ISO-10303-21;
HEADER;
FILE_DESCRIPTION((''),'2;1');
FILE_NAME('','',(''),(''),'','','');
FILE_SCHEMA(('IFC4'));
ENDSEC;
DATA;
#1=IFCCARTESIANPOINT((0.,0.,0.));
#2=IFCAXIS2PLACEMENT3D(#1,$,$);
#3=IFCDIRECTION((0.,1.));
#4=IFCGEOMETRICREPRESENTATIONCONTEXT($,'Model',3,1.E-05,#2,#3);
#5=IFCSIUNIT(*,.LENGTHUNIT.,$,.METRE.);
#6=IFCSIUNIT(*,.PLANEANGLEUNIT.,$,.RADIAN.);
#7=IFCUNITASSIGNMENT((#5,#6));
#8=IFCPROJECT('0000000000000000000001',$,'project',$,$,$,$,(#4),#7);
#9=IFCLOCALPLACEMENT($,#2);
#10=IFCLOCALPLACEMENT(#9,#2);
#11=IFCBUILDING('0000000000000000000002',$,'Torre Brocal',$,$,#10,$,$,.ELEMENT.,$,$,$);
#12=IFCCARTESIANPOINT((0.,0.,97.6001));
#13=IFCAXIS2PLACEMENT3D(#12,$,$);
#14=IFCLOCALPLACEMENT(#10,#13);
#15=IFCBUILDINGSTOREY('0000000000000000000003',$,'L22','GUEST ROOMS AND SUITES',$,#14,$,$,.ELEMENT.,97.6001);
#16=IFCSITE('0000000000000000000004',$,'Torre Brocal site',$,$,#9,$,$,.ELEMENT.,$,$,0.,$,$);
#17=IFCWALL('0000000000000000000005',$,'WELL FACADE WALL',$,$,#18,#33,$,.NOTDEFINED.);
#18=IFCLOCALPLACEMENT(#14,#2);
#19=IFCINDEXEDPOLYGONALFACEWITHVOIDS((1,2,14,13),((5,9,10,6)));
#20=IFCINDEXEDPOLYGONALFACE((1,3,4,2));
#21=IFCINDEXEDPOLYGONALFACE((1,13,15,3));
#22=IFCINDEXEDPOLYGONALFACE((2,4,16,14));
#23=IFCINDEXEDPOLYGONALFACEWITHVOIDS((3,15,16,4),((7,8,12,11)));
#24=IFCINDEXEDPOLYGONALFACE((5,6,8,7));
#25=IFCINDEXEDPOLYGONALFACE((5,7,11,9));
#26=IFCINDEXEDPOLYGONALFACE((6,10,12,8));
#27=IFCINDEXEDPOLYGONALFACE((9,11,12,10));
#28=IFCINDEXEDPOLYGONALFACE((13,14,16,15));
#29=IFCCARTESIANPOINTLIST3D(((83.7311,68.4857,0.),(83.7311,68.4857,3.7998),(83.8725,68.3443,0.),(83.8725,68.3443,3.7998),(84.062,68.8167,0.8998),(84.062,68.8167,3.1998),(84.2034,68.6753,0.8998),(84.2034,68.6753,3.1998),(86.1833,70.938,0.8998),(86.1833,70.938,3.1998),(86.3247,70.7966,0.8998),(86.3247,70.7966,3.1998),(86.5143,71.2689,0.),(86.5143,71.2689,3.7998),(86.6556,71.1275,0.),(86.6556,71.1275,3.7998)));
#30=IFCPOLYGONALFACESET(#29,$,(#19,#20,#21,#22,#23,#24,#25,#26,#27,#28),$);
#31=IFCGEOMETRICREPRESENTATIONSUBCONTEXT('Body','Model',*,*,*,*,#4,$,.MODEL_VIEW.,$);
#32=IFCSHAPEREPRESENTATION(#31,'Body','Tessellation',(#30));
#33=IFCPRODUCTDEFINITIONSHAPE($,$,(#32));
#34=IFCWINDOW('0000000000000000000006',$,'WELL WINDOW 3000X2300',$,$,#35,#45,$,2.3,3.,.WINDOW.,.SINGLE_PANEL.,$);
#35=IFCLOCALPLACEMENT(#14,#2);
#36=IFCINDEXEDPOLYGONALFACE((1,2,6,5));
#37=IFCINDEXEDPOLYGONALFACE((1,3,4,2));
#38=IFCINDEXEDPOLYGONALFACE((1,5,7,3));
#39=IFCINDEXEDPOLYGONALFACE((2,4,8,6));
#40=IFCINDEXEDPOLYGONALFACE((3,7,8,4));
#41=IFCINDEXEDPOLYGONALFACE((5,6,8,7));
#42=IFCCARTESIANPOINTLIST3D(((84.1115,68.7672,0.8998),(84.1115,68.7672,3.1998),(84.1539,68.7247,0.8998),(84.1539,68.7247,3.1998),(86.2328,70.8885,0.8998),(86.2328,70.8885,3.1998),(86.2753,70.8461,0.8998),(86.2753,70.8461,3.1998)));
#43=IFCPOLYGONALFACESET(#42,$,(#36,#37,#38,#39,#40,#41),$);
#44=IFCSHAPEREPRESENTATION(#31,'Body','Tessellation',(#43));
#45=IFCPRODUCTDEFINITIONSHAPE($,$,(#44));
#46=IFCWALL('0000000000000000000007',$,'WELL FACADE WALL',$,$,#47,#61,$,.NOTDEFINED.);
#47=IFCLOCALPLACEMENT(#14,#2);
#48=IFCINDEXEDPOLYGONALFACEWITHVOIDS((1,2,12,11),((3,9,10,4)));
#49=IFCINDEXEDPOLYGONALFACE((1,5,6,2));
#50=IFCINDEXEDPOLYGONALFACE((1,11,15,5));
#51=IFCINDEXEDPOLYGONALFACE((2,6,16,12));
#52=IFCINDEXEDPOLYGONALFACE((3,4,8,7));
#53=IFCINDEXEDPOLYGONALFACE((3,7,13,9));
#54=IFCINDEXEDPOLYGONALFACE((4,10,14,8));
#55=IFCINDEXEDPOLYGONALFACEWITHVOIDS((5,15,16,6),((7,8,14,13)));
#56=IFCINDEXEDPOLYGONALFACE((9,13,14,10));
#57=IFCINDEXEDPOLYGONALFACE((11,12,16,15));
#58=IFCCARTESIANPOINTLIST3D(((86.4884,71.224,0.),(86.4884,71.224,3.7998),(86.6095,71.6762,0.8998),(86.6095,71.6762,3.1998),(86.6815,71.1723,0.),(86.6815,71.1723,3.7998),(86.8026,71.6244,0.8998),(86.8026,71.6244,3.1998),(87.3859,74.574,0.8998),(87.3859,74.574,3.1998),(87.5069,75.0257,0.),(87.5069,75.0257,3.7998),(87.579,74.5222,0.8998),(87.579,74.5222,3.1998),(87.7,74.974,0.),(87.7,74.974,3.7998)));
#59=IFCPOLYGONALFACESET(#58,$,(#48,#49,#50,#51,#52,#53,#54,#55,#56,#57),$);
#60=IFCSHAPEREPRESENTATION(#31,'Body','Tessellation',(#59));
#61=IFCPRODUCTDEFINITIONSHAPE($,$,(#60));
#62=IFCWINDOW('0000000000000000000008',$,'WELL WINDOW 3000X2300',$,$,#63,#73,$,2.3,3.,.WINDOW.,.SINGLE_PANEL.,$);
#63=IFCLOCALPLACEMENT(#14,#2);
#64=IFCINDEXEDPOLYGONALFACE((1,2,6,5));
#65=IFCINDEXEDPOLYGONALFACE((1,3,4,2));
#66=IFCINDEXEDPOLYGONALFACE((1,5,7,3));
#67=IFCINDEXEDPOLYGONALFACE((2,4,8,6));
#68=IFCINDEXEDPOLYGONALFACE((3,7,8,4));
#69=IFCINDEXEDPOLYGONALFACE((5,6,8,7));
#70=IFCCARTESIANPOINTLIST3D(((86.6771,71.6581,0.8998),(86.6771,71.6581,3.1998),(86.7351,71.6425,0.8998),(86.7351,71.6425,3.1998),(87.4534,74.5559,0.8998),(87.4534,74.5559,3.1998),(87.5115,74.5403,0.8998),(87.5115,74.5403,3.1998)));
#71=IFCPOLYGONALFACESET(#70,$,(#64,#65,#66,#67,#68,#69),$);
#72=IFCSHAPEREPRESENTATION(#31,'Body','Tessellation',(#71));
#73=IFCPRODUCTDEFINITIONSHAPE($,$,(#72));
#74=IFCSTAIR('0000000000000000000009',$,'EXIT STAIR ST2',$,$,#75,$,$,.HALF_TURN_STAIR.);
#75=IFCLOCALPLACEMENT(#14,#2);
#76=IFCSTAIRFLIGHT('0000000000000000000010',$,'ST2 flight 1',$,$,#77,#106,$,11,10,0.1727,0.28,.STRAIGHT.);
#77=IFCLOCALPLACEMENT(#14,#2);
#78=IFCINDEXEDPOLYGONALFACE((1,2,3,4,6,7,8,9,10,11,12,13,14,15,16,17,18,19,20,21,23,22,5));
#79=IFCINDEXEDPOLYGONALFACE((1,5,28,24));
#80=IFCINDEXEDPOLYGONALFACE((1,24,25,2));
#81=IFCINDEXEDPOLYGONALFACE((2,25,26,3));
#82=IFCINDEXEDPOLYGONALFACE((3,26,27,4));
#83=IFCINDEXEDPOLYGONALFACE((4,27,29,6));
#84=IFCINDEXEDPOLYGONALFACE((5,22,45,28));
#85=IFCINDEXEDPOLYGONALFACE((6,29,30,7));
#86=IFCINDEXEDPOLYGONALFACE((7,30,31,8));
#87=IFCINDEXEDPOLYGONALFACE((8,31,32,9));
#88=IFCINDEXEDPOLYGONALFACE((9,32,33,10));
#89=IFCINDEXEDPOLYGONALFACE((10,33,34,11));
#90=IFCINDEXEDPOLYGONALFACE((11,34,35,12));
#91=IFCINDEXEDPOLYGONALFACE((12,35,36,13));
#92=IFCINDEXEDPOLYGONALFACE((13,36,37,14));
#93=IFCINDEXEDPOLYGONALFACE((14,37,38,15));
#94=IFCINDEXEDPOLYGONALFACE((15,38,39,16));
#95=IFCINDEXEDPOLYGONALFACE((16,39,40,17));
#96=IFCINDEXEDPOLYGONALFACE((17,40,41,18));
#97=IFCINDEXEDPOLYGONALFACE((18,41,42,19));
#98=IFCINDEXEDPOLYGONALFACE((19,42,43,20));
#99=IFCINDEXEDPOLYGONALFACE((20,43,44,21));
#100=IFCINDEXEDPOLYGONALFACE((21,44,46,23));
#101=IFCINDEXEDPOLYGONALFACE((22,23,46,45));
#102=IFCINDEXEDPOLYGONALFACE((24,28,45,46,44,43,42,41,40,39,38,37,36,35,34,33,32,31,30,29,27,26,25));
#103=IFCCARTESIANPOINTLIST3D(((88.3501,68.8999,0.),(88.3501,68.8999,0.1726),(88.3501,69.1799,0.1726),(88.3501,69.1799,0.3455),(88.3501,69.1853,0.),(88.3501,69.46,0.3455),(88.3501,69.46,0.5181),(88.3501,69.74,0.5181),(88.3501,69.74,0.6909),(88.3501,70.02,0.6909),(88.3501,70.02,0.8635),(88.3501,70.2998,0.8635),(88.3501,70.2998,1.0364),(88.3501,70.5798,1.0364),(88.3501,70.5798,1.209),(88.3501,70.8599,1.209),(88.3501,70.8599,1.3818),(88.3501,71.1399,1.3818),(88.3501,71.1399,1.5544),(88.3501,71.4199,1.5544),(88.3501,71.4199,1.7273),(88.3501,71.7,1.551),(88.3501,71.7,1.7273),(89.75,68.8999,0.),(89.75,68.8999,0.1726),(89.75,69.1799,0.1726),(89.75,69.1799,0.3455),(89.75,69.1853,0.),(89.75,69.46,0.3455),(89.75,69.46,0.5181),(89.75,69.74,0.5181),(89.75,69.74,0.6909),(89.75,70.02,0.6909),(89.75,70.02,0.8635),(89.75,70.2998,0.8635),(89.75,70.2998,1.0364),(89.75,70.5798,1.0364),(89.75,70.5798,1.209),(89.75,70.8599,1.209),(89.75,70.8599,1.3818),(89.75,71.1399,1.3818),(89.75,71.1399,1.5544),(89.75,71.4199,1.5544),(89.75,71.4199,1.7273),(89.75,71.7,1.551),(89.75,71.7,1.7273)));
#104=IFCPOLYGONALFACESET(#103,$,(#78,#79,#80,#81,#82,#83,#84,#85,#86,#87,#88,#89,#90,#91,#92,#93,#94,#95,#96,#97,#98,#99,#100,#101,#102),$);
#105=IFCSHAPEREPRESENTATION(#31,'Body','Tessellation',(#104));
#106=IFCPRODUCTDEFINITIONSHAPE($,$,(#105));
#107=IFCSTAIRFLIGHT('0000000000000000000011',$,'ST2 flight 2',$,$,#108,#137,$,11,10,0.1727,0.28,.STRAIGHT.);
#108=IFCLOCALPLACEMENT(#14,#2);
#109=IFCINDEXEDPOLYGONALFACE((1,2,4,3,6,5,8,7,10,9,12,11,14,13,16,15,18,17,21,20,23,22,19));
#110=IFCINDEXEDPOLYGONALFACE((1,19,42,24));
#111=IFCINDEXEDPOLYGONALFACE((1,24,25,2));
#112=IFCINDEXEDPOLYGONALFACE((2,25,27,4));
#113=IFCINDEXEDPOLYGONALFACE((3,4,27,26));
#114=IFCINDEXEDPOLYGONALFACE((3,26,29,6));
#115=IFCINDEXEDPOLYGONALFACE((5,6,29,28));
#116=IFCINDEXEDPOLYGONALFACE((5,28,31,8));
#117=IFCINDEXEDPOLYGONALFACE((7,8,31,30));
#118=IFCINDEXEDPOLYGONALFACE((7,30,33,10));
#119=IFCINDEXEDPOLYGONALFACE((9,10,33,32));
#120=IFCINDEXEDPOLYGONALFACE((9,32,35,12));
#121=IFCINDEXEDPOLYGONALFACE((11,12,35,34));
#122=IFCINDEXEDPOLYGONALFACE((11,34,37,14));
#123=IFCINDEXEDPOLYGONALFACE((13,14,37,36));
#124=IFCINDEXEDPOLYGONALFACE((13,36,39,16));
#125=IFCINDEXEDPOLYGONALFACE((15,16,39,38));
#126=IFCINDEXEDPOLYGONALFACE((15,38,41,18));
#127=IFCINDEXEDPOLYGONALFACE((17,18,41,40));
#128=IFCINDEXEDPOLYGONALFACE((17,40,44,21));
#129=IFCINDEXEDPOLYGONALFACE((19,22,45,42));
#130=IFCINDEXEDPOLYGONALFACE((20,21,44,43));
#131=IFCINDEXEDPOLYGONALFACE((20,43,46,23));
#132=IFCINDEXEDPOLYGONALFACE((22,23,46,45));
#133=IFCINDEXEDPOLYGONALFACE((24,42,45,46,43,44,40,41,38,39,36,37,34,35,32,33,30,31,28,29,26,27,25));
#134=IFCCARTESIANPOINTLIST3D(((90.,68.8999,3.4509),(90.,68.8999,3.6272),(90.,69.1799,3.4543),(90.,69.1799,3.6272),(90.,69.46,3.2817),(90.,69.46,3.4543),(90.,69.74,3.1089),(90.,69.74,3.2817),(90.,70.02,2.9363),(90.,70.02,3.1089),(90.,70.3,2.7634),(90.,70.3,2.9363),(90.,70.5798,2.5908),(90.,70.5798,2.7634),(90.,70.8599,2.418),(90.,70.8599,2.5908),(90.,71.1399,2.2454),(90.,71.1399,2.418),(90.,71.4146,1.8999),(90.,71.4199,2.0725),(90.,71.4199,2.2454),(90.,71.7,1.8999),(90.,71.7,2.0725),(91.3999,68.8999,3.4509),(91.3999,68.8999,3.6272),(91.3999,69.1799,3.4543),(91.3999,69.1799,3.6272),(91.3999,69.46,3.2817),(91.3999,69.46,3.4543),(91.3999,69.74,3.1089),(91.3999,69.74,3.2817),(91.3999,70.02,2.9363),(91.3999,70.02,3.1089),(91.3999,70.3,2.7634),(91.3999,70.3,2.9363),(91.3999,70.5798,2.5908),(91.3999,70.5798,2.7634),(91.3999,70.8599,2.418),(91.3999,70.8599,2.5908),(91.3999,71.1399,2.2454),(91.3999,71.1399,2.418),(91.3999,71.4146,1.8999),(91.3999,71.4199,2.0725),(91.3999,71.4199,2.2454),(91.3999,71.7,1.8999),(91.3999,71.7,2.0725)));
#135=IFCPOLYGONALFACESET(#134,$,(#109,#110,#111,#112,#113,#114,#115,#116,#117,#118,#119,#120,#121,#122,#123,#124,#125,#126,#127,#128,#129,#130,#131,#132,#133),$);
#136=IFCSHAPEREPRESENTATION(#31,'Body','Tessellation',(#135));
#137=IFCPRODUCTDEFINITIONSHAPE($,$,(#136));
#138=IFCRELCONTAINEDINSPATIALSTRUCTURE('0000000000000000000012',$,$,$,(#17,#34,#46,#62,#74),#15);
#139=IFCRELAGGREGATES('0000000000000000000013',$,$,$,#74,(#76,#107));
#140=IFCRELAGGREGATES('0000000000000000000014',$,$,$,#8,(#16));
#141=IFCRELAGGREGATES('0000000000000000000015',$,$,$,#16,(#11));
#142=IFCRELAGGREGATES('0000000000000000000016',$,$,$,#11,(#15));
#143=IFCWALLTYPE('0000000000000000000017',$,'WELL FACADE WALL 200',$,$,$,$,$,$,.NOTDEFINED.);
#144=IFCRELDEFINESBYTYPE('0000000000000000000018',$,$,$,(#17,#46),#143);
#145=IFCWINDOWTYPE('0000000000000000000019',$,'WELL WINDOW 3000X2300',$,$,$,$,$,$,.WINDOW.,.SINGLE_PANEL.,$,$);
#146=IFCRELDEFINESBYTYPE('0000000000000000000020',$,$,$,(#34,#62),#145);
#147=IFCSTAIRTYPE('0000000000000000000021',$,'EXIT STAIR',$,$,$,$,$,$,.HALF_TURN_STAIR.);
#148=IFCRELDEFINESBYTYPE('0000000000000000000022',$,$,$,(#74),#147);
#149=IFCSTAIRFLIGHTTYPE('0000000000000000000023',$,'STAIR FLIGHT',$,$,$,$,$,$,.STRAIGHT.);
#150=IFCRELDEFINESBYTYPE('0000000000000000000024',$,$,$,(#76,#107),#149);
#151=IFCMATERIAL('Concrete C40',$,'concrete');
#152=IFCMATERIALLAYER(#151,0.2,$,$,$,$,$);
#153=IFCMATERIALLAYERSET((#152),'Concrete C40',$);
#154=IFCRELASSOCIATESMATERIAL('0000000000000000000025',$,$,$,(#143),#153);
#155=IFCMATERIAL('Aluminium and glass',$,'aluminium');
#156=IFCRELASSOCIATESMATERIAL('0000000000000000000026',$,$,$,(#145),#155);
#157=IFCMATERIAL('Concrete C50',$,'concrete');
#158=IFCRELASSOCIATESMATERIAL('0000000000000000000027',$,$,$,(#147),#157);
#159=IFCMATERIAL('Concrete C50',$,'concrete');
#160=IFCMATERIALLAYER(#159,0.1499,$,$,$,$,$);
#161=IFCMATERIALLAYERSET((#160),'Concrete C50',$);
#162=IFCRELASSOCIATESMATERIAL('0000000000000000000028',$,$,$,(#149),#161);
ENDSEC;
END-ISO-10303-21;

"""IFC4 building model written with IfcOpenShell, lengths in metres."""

from ifc_helpers import new_model, si_unit, direction, frame, frame_2d, origin, place, context, subcontext, project, spatial, polyline, rectangle, outline, extrude, material, layer, layer_set, type_object, element, fill, aggregate, save


model = new_model("IFC4")

# Units and contexts
model_context = context("Model", 3, precision=1e-05, world=origin(), true_north=direction((0.0, 1.0)))
body_context = subcontext(model_context, "Body", "Model", "MODEL_VIEW")
ifc_project = project(units=[si_unit("LENGTHUNIT", "METRE"), si_unit("PLANEANGLEUNIT", "RADIAN")], contexts=[model_context])

# Site, building, storey
site_placement = place(None, origin())
site = spatial("IfcSite", under=ifc_project, at=site_placement, Name="Torre Brocal site", CompositionType="ELEMENT", RefElevation=0.0)
building_placement = place(site_placement, origin())
building = spatial("IfcBuilding", under=site, at=building_placement, Name="Torre Brocal", CompositionType="ELEMENT")
storey_placement = place(building_placement, frame((0.0, 0.0, 97.6001)))
storey = spatial("IfcBuildingStorey", under=building, at=storey_placement, Name="L22", Description="GUEST ROOMS AND SUITES", CompositionType="ELEMENT", Elevation=97.6001)

# Walls, openings, windows
ifc_material_1 = material(Name="Concrete C40", Category="concrete")
ifc_layer_1 = layer(ifc_material_1, 0.2)
ifc_layer_set_1 = layer_set([ifc_layer_1], Name="Concrete C40")
wall_type_1 = type_object("IfcWallType", Name="WELL FACADE WALL 200", PredefinedType="NOTDEFINED", material=ifc_layer_set_1)
wall_1_placement = place(storey_placement, frame((83.8018, 68.415, 0.0), z_axis=(0.0, 0.0, 1.0), x_axis=(0.707107, 0.707107, 0.0)))
wall_1 = element("IfcWall", 1, at=wall_1_placement, inside=storey, type_object=wall_type_1, Name="WELL FACADE WALL", PredefinedType="NOTDEFINED", context=body_context, shape_type="SweptSolid", body=[
    extrude(rectangle(XDim=3.936, YDim=0.2, at=frame_2d((1.968, 0.0))), origin(), (0.0, 0.0, 1.0), 3.7998),
])
opening_1_placement = place(wall_1_placement, frame((0.468, 0.0, 0.8999)))
opening_1 = element("IfcOpeningElement", 2, at=opening_1_placement, cuts=wall_1, PredefinedType="OPENING", context=body_context, shape_type="SweptSolid", body=[
    extrude(rectangle(XDim=3.0, YDim=2.3, at=frame_2d((1.5, 1.1499))), frame((0.0, 0.1099, 0.0), z_axis=(0.0, -1.0, 0.0), x_axis=(1.0, 0.0, 0.0)), (0.0, 0.0, 1.0), 0.22),
])
ifc_material_2 = material(Name="Aluminium and glass", Category="aluminium")
window_type = type_object("IfcWindowType", Name="WELL WINDOW 3000X2300", PartitioningType="SINGLE_PANEL", PredefinedType="WINDOW", material=ifc_material_2)
window_1_placement = place(opening_1_placement, origin())
window_1 = element("IfcWindow", 3, at=window_1_placement, inside=storey, type_object=window_type, Name="WELL WINDOW 3000X2300", OverallHeight=2.3, OverallWidth=3.0, PartitioningType="SINGLE_PANEL", PredefinedType="WINDOW", context=body_context, shape_type="SweptSolid", body=[
    extrude(rectangle(XDim=3.0, YDim=2.3, at=frame_2d((1.5, 1.1499))), frame((0.0, 0.03, 0.0), z_axis=(0.0, -1.0, 0.0), x_axis=(1.0, 0.0, 0.0)), (0.0, 0.0, 1.0), 0.0601),
])
fill(opening_1, window_1)
wall_2_placement = place(storey_placement, frame((86.585, 71.1982, 0.0), z_axis=(0.0, 0.0, 1.0), x_axis=(0.25879, 0.965934, 0.0)))
wall_2 = element("IfcWall", 4, at=wall_2_placement, inside=storey, type_object=wall_type_1, Name="WELL FACADE WALL", PredefinedType="NOTDEFINED", context=body_context, shape_type="SweptSolid", body=[
    extrude(rectangle(XDim=3.9358, YDim=0.2, at=frame_2d((1.9678, 0.0))), origin(), (0.0, 0.0, 1.0), 3.7998),
])
opening_2_placement = place(wall_2_placement, frame((0.468, 0.0, 0.8999)))
opening_2 = element("IfcOpeningElement", 5, at=opening_2_placement, cuts=wall_2, PredefinedType="OPENING", context=body_context, shape_type="SweptSolid", body=[
    extrude(rectangle(XDim=3.0, YDim=2.3, at=frame_2d((1.5, 1.1499))), frame((0.0, 0.1099, 0.0), z_axis=(0.0, -1.0, 0.0), x_axis=(1.0, 0.0, 0.0)), (0.0, 0.0, 1.0), 0.22),
])
window_2_placement = place(opening_2_placement, origin())
window_2 = element("IfcWindow", 6, at=window_2_placement, inside=storey, type_object=window_type, Name="WELL WINDOW 3000X2300", OverallHeight=2.3, OverallWidth=3.0, PartitioningType="SINGLE_PANEL", PredefinedType="WINDOW", context=body_context, shape_type="SweptSolid", body=[
    extrude(rectangle(XDim=3.0, YDim=2.3, at=frame_2d((1.5, 1.1499))), frame((0.0, 0.03, 0.0), z_axis=(0.0, -1.0, 0.0), x_axis=(1.0, 0.0, 0.0)), (0.0, 0.0, 1.0), 0.0601),
])
fill(opening_2, window_2)

# Stair, stair flights
ifc_material_3 = material(Name="Concrete C50", Category="concrete")
stair_type = type_object("IfcStairType", Name="EXIT STAIR", PredefinedType="HALF_TURN_STAIR", material=ifc_material_3)
stair_placement = place(storey_placement, origin())
stair = element("IfcStair", 7, at=stair_placement, inside=storey, type_object=stair_type, Name="EXIT STAIR ST2", PredefinedType="HALF_TURN_STAIR")
ifc_material_4 = material(Name="Concrete C50", Category="concrete")
ifc_layer_2 = layer(ifc_material_4, 0.1499)
ifc_layer_set_2 = layer_set([ifc_layer_2], Name="Concrete C50")
stair_flight_type = type_object("IfcStairFlightType", Name="STAIR FLIGHT", PredefinedType="STRAIGHT", material=ifc_layer_set_2)
stair_flight_1_placement = place(storey_placement, frame((89.05, 68.8999, 0.0), z_axis=(0.0, 0.0, 1.0), x_axis=(0.0, 1.0, 0.0)))
stair_flight_1 = element("IfcStairFlight", 8, at=stair_flight_1_placement, type_object=stair_flight_type, Name="ST2 flight 1", NumberOfRisers=11, NumberOfTreads=10, PredefinedType="STRAIGHT", RiserHeight=0.1727, TreadLength=0.28, context=body_context, shape_type="SweptSolid", body=[
    extrude(outline(polyline([(0.0, 0.0), (0.0, 0.1726), (0.28, 0.1726), (0.28, 0.3455), (0.5601, 0.3455), (0.5601, 0.5181), (0.8401, 0.5181), (0.8401, 0.6909), (1.1201, 0.6909), (1.1201, 0.8635), (1.3999, 0.8635), (1.3999, 1.0364), (1.6799, 1.0364), (1.6799, 1.209), (1.96, 1.209), (1.96, 1.3818), (2.24, 1.3818), (2.24, 1.5544), (2.52, 1.5544), (2.52, 1.7273), (2.8, 1.7273), (2.8, 1.8999), (2.8, 1.551), (0.2854, 0.0), (0.0, 0.0)])), frame((0.0, 0.7, 0.0), z_axis=(0.0, -1.0, 0.0), x_axis=(1.0, 0.0, 0.0)), (0.0, 0.0, 1.0), 1.3999),
])
stair_flight_2_placement = place(storey_placement, frame((90.7, 71.7, 1.8999), z_axis=(0.0, 0.0, 1.0), x_axis=(0.0, -1.0, 0.0)))
stair_flight_2 = element("IfcStairFlight", 9, at=stair_flight_2_placement, type_object=stair_flight_type, Name="ST2 flight 2", NumberOfRisers=11, NumberOfTreads=10, PredefinedType="STRAIGHT", RiserHeight=0.1727, TreadLength=0.28, context=body_context, shape_type="SweptSolid", body=[
    extrude(outline(polyline([(0.0, 0.0), (0.0, 0.1726), (0.28, 0.1726), (0.28, 0.3455), (0.5601, 0.3455), (0.5601, 0.5181), (0.8401, 0.5181), (0.8401, 0.6909), (1.1201, 0.6909), (1.1201, 0.8635), (1.3999, 0.8635), (1.3999, 1.0364), (1.6799, 1.0364), (1.6799, 1.209), (1.96, 1.209), (1.96, 1.3818), (2.24, 1.3818), (2.24, 1.5544), (2.52, 1.5544), (2.52, 1.7273), (2.8, 1.7273), (2.8, 1.8999), (2.8, 1.551), (0.2854, 0.0), (0.0, 0.0)])), frame((0.0, 0.7, 0.0), z_axis=(0.0, -1.0, 0.0), x_axis=(1.0, 0.0, 0.0)), (0.0, 0.0, 1.0), 1.3999),
])
aggregate(stair, [stair_flight_1, stair_flight_2])

save(model, "model.ifc")
